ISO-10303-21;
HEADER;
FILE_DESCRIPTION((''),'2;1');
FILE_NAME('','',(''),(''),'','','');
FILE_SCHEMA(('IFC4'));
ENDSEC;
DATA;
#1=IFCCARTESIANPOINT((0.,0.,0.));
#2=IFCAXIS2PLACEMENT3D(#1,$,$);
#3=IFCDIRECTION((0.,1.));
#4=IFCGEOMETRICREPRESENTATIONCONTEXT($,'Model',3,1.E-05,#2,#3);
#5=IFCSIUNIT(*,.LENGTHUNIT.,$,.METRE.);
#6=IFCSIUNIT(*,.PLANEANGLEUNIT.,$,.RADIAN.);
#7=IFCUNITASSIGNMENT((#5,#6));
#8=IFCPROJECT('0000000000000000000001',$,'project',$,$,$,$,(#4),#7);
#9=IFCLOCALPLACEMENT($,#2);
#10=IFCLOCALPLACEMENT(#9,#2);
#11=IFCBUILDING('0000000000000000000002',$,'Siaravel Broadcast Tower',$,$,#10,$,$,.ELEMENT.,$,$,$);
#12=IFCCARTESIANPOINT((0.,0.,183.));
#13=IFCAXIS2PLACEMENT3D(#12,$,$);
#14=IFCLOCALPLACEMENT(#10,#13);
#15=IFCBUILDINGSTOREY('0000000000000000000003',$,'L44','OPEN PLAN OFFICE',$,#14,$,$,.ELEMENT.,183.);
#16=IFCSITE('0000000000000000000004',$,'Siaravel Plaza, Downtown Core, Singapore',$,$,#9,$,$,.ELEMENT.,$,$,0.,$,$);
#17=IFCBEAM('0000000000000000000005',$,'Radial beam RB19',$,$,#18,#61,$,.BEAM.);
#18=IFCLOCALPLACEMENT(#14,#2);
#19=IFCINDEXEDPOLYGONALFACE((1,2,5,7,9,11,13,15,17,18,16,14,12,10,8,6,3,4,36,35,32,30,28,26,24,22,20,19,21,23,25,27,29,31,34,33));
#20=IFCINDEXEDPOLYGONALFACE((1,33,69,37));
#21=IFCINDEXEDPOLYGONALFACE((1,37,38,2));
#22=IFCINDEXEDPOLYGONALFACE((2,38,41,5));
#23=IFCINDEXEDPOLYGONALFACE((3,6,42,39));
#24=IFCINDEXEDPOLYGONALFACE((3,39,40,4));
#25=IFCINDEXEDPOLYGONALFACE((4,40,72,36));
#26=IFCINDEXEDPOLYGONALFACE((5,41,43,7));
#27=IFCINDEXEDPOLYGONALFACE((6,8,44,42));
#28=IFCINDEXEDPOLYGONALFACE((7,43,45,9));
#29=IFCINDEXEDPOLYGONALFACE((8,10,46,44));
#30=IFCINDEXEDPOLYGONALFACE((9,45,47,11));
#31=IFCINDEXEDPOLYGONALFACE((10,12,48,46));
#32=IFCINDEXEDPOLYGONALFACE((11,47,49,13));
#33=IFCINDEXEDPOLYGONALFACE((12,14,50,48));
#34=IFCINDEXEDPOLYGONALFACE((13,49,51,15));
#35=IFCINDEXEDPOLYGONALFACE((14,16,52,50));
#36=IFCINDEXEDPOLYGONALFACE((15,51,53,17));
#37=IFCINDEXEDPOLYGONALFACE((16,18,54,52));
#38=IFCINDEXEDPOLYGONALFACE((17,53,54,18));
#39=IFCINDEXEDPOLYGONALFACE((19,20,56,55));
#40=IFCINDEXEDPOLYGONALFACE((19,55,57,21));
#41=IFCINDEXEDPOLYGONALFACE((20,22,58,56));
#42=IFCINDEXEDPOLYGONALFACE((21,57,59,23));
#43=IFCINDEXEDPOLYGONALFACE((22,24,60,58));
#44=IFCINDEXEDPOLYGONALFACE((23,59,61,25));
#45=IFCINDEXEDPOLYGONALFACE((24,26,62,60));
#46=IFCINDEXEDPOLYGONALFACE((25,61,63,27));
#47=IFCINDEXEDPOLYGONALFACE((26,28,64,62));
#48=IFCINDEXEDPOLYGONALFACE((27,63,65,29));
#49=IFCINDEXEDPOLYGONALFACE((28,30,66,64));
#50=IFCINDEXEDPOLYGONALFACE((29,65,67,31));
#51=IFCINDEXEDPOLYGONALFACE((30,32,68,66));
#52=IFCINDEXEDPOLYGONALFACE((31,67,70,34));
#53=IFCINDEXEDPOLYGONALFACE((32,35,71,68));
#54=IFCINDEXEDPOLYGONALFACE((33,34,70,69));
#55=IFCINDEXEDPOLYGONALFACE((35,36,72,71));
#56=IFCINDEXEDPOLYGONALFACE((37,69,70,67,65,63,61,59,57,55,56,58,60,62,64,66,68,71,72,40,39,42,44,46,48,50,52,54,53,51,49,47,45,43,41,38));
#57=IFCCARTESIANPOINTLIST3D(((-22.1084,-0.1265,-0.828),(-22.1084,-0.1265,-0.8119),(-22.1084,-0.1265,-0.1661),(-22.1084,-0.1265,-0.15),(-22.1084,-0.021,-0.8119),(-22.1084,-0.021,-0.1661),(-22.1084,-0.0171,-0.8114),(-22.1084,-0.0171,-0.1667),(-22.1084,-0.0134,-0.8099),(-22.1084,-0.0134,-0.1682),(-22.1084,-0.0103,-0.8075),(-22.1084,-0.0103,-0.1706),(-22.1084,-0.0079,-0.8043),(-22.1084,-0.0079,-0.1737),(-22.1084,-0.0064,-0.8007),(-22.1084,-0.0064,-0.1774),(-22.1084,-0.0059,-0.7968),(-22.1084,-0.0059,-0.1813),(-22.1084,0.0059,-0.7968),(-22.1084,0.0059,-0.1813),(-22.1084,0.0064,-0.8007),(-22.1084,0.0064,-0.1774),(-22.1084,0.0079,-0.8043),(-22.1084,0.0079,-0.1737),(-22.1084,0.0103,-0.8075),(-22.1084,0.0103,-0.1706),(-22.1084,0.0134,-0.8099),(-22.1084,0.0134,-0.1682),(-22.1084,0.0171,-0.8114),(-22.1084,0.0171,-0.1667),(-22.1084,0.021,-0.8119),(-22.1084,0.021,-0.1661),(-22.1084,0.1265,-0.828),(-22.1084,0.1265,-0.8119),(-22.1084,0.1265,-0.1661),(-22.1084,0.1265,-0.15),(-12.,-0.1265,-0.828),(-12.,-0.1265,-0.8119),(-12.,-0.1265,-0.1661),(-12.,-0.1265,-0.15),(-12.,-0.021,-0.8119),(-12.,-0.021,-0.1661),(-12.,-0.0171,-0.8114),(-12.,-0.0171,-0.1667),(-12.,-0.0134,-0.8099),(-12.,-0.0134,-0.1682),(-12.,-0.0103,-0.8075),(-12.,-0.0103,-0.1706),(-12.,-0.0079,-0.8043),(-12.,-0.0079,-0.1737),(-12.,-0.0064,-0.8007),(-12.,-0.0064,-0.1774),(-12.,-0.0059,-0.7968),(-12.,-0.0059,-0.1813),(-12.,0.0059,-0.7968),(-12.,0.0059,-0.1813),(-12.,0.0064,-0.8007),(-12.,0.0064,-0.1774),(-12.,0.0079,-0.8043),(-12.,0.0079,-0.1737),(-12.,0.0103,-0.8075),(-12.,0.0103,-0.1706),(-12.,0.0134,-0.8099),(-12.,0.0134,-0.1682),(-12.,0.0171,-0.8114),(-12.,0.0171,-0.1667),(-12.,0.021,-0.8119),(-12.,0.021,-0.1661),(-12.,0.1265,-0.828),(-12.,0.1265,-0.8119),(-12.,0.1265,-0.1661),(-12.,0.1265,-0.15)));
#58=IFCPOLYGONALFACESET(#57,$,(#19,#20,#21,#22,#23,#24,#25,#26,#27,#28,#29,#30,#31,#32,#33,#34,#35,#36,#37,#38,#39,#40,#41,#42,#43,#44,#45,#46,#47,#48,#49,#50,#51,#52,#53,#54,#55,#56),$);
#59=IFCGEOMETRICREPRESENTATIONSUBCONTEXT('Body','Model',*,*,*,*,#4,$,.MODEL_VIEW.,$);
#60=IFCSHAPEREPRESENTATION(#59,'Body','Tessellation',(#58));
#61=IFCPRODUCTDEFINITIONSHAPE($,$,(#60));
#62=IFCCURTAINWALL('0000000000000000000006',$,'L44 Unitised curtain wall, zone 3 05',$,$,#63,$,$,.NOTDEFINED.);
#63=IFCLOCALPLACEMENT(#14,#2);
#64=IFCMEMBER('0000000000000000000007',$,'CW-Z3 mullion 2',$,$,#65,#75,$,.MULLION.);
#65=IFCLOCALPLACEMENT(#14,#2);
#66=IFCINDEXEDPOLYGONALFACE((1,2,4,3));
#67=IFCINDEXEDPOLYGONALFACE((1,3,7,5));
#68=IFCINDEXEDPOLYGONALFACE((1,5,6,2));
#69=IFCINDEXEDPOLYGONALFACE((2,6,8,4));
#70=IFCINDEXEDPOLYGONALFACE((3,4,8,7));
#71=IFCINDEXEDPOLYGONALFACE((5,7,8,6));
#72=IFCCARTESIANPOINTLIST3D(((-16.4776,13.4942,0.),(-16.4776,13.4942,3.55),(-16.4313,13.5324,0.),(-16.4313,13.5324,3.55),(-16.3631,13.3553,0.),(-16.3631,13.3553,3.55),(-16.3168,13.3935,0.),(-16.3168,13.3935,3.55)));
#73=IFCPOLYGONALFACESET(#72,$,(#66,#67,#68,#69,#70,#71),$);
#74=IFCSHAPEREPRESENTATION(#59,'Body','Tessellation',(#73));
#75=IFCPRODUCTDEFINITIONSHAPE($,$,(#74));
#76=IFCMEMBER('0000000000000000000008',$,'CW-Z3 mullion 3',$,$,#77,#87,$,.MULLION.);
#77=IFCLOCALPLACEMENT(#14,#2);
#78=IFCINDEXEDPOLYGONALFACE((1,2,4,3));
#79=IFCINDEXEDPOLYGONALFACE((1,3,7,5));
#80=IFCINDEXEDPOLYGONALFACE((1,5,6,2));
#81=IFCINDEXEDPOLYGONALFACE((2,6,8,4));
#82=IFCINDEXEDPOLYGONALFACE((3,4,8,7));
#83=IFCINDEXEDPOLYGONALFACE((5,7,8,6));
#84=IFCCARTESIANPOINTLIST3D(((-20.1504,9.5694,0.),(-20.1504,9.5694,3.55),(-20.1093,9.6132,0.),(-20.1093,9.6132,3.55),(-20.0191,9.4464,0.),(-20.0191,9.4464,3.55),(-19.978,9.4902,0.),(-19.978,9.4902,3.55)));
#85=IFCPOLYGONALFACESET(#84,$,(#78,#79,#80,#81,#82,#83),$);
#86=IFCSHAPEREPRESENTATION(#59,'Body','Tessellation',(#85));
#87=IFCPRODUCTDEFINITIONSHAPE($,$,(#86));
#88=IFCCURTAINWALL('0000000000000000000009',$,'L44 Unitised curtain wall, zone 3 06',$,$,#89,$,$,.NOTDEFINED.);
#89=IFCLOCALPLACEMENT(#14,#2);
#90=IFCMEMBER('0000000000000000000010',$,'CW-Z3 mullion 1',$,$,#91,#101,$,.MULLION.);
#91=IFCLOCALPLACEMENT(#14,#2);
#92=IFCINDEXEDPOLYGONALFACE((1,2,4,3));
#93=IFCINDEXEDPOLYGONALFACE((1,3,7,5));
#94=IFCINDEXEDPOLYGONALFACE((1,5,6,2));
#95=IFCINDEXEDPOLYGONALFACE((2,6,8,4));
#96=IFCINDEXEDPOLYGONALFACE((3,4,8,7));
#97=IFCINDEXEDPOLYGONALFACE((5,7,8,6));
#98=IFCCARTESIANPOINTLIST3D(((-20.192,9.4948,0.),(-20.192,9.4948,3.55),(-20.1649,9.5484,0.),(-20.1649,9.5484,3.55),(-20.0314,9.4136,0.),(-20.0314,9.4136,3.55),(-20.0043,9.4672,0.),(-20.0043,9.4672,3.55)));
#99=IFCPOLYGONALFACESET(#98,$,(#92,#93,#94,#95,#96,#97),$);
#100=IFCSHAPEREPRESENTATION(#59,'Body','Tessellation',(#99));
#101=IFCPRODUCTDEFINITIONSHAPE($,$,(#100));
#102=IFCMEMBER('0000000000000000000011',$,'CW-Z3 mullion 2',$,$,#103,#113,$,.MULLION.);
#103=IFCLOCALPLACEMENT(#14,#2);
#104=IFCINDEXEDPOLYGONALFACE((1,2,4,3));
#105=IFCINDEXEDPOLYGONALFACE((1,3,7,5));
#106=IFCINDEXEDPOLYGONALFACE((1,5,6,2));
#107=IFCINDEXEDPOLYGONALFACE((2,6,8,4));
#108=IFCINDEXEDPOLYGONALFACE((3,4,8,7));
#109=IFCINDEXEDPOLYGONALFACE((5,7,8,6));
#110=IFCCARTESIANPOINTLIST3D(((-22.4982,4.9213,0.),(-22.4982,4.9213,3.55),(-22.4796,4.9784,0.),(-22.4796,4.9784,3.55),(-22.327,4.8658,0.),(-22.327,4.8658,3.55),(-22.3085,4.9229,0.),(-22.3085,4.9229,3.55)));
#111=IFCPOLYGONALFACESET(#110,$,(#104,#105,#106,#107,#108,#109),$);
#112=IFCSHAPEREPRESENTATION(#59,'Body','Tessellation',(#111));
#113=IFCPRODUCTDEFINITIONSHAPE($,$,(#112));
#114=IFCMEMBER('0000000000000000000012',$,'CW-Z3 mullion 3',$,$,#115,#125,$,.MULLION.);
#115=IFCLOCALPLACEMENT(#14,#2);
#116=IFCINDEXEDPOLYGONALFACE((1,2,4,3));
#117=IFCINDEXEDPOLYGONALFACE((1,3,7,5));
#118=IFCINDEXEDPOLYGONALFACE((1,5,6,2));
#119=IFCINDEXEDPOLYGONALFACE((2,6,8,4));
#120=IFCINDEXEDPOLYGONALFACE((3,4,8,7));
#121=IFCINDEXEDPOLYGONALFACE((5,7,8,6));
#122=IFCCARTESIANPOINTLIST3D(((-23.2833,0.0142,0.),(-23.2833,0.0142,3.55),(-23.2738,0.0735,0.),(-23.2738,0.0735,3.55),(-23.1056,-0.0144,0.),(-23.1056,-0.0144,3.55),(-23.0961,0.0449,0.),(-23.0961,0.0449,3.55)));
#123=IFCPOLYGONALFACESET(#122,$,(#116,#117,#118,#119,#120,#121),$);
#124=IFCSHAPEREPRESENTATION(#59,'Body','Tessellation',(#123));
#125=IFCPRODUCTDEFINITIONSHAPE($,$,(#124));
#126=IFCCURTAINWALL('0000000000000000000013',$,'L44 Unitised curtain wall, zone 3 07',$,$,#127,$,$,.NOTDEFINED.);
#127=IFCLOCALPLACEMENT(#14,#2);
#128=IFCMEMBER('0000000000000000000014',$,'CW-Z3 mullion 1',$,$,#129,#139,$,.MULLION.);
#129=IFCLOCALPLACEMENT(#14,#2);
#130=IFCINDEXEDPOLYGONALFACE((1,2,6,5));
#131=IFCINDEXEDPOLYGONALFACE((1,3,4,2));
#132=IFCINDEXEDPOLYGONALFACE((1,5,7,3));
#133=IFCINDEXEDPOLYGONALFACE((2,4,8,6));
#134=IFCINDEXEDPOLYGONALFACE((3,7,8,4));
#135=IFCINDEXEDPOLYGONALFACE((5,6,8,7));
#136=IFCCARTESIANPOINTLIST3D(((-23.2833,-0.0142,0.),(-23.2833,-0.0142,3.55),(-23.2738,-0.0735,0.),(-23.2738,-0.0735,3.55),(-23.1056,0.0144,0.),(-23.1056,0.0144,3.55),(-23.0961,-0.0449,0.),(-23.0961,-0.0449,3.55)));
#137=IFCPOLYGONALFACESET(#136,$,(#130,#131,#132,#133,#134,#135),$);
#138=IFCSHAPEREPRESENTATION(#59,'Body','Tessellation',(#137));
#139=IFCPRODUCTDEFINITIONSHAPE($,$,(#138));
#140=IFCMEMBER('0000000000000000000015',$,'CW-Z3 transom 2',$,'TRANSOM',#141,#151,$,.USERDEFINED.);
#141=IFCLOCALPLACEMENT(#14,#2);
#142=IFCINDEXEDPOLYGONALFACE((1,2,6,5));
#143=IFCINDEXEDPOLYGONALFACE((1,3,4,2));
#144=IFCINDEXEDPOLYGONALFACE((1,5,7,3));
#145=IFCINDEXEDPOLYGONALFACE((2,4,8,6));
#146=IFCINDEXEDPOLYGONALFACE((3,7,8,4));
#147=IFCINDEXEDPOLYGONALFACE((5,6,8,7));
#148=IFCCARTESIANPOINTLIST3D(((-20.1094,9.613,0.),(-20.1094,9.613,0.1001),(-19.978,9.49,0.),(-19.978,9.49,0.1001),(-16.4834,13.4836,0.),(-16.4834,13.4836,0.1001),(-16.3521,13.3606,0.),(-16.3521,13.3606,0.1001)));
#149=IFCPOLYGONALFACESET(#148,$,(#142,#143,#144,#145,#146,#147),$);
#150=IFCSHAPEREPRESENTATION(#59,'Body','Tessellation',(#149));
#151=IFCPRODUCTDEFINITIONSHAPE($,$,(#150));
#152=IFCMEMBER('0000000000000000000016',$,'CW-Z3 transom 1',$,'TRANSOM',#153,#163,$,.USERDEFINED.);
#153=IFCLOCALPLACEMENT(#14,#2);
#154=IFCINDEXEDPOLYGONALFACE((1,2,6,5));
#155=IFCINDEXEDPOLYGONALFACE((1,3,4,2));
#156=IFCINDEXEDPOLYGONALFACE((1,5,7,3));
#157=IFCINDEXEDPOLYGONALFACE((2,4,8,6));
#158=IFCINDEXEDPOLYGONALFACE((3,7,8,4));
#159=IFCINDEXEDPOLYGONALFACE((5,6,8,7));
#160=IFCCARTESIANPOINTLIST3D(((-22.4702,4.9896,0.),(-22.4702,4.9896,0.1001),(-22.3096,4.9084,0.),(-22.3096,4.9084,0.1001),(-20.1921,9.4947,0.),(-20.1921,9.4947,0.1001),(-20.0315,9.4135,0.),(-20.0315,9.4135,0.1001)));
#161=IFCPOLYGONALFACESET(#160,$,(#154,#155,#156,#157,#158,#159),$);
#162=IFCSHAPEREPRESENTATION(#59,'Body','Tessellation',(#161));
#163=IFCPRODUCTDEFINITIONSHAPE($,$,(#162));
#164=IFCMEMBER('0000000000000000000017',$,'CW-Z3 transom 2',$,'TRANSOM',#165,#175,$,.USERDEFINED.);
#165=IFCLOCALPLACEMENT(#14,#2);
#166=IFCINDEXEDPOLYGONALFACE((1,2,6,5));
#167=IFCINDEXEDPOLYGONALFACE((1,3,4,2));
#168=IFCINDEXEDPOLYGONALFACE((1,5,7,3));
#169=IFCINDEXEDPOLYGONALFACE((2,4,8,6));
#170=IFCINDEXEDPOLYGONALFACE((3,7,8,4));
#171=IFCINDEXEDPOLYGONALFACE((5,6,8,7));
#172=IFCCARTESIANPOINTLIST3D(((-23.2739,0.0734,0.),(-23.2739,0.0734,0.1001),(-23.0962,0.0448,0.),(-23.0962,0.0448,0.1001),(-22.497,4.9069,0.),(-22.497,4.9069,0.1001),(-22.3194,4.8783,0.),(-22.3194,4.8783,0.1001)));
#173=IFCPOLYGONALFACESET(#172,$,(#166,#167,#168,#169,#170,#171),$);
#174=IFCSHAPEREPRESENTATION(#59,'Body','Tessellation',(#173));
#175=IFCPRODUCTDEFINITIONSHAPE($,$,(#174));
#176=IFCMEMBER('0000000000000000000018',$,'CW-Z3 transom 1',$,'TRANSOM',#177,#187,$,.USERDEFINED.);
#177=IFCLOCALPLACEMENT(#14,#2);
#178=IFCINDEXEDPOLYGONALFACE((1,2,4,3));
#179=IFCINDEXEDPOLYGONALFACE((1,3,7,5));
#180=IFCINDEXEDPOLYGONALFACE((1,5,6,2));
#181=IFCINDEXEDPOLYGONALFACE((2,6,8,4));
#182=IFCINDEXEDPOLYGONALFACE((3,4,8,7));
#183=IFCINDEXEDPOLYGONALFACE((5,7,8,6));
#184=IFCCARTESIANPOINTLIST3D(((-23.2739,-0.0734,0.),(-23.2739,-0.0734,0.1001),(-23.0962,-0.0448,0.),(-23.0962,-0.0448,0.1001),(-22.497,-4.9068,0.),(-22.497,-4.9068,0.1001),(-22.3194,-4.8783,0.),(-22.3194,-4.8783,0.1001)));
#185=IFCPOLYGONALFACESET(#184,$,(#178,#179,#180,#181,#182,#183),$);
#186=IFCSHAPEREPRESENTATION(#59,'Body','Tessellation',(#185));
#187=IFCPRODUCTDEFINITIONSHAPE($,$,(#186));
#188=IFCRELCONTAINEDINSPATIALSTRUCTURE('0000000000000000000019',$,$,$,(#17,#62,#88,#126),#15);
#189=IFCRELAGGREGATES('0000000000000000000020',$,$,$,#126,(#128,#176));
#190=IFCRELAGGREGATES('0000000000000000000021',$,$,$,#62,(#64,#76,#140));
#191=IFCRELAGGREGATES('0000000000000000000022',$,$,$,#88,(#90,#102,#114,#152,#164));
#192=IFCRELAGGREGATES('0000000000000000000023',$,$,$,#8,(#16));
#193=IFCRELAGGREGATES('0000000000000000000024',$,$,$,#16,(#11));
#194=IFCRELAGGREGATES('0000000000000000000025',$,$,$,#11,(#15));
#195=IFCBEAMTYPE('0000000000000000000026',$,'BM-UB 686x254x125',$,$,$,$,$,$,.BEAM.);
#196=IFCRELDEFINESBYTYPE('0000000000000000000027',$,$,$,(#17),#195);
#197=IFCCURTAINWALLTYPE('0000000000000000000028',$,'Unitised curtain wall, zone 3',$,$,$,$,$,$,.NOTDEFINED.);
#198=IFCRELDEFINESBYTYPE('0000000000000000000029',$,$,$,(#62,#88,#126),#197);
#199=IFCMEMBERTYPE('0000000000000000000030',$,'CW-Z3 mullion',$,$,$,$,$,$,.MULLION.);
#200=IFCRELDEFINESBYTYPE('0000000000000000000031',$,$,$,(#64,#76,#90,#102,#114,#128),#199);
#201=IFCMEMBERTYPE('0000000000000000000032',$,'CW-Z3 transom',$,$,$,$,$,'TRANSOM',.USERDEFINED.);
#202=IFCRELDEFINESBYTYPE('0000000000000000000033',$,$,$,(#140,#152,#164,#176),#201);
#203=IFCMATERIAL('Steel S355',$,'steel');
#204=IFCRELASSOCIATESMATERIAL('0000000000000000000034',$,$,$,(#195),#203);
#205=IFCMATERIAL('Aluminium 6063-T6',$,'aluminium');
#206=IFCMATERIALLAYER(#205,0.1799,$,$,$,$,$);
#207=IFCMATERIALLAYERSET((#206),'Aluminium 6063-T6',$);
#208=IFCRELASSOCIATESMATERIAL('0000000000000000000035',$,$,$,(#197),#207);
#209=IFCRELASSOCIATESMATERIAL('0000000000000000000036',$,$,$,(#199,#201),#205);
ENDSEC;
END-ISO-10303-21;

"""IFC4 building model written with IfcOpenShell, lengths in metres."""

from ifc_helpers import new_model, si_unit, direction, frame, origin, origin_2d, place, context, subcontext, project, spatial, rectangle, i_section, extrude, material, layer, layer_set, material_profile, profile_set, type_object, element, aggregate, save


model = new_model("IFC4")

# Units and contexts
model_context = context("Model", 3, precision=1e-05, world=origin(), true_north=direction((0.0, 1.0)))
body_context = subcontext(model_context, "Body", "Model", "MODEL_VIEW")
ifc_project = project(units=[si_unit("LENGTHUNIT", "METRE"), si_unit("PLANEANGLEUNIT", "RADIAN")], contexts=[model_context])

# Site, building, storey
site_placement = place(None, origin())
site = spatial("IfcSite", under=ifc_project, at=site_placement, Name="Siaravel Plaza, Downtown Core, Singapore", CompositionType="ELEMENT", RefElevation=0.0)
building_placement = place(site_placement, origin())
building = spatial("IfcBuilding", under=site, at=building_placement, Name="Siaravel Broadcast Tower", CompositionType="ELEMENT")
storey_placement = place(building_placement, frame((0.0, 0.0, 183.0)))
storey = spatial("IfcBuildingStorey", under=building, at=storey_placement, Name="L44", Description="OPEN PLAN OFFICE", CompositionType="ELEMENT", Elevation=183.0)

# Beam
ifc_material_1 = material(Name="Steel S355", Category="steel")
ifc_material_profile_1 = material_profile(ifc_material_1, i_section(OverallWidth=0.2529, OverallDepth=0.678, WebThickness=0.0117, FlangeThickness=0.0161, FilletRadius=0.0151, at=origin_2d()))
ifc_profile_set_1 = profile_set([ifc_material_profile_1], Name="Steel S355")
beam_type = type_object("IfcBeamType", Name="BM-UB 686x254x125", PredefinedType="BEAM", material=ifc_profile_set_1)
beam_1_placement = place(storey_placement, frame((-22.1084, 0.0, -0.489), z_axis=(1.0, 0.0, 0.0), x_axis=(0.0, 1.0, 0.0)))
element("IfcBeam", 1, at=beam_1_placement, inside=storey, type_object=beam_type, Name="Radial beam RB19", PredefinedType="BEAM", context=body_context, shape_type="SweptSolid", body=[
    extrude(i_section(OverallWidth=0.2529, OverallDepth=0.678, WebThickness=0.0117, FlangeThickness=0.0161, FilletRadius=0.0151, at=origin_2d()), origin(), (0.0, 0.0, 1.0), 10.1084),
])

# Curtain walls, members
ifc_material_2 = material(Name="Aluminium 6063-T6", Category="aluminium")
ifc_layer_1 = layer(ifc_material_2, 0.1799)
ifc_layer_set_1 = layer_set([ifc_layer_1], Name="Aluminium 6063-T6")
curtain_wall_type = type_object("IfcCurtainWallType", Name="Unitised curtain wall, zone 3", PredefinedType="NOTDEFINED", material=ifc_layer_set_1)
curtain_wall_1_placement = place(storey_placement, origin())
curtain_wall_1 = element("IfcCurtainWall", 2, at=curtain_wall_1_placement, inside=storey, type_object=curtain_wall_type, Name="L44 Unitised curtain wall, zone 3 05", PredefinedType="NOTDEFINED")
ifc_material_profile_2 = material_profile(ifc_material_2, rectangle(XDim=0.1799, YDim=0.0601, at=origin_2d()))
ifc_profile_set_2 = profile_set([ifc_material_profile_2], Name="Aluminium 6063-T6")
member_type_1 = type_object("IfcMemberType", Name="CW-Z3 mullion", PredefinedType="MULLION", material=ifc_profile_set_2)
member_1_placement = place(storey_placement, frame((-16.3972, 13.4438, 0.0), z_axis=(0.0, 0.0, 1.0), x_axis=(0.636218, -0.771509, 0.0)))
member_1 = element("IfcMember", 3, at=member_1_placement, type_object=member_type_1, Name="CW-Z3 mullion 2", PredefinedType="MULLION", context=body_context, shape_type="SweptSolid", body=[
    extrude(rectangle(XDim=0.1799, YDim=0.0601, at=origin_2d()), origin(), (0.0, 0.0, 1.0), 3.55),
])
member_2_placement = place(storey_placement, frame((-20.0642, 9.5298, 0.0), z_axis=(0.0, 0.0, 1.0), x_axis=(0.729805, -0.683655, 0.0)))
member_2 = element("IfcMember", 4, at=member_2_placement, type_object=member_type_1, Name="CW-Z3 mullion 3", PredefinedType="MULLION", context=body_context, shape_type="SweptSolid", body=[
    extrude(rectangle(XDim=0.1799, YDim=0.0601, at=origin_2d()), origin(), (0.0, 0.0, 1.0), 3.55),
])
curtain_wall_2_placement = place(storey_placement, origin())
curtain_wall_2 = element("IfcCurtainWall", 5, at=curtain_wall_2_placement, inside=storey, type_object=curtain_wall_type, Name="L44 Unitised curtain wall, zone 3 06", PredefinedType="NOTDEFINED")
member_3_placement = place(storey_placement, frame((-20.0981, 9.481, 0.0), z_axis=(0.0, 0.0, 1.0), x_axis=(0.892392, -0.451261, 0.0)))
member_3 = element("IfcMember", 6, at=member_3_placement, type_object=member_type_1, Name="CW-Z3 mullion 1", PredefinedType="MULLION", context=body_context, shape_type="SweptSolid", body=[
    extrude(rectangle(XDim=0.1799, YDim=0.0601, at=origin_2d()), origin(), (0.0, 0.0, 1.0), 3.55),
])
member_4_placement = place(storey_placement, frame((-22.4033, 4.9221, 0.0), z_axis=(0.0, 0.0, 1.0), x_axis=(0.951177, -0.308645, 0.0)))
member_4 = element("IfcMember", 7, at=member_4_placement, type_object=member_type_1, Name="CW-Z3 mullion 2", PredefinedType="MULLION", context=body_context, shape_type="SweptSolid", body=[
    extrude(rectangle(XDim=0.1799, YDim=0.0601, at=origin_2d()), origin(), (0.0, 0.0, 1.0), 3.55),
])
member_5_placement = place(storey_placement, frame((-23.1897, 0.0295, 0.0), z_axis=(0.0, 0.0, 1.0), x_axis=(0.987329, -0.158686, 0.0)))
member_5 = element("IfcMember", 8, at=member_5_placement, type_object=member_type_1, Name="CW-Z3 mullion 3", PredefinedType="MULLION", context=body_context, shape_type="SweptSolid", body=[
    extrude(rectangle(XDim=0.1799, YDim=0.0601, at=origin_2d()), origin(), (0.0, 0.0, 1.0), 3.55),
])

# Curtain wall, member
curtain_wall_3_placement = place(storey_placement, origin())
curtain_wall_3 = element("IfcCurtainWall", 9, at=curtain_wall_3_placement, inside=storey, type_object=curtain_wall_type, Name="L44 Unitised curtain wall, zone 3 07", PredefinedType="NOTDEFINED")
member_6_placement = place(storey_placement, frame((-23.1897, -0.0295, 0.0), z_axis=(0.0, 0.0, 1.0), x_axis=(0.987329, 0.158686, 0.0)))
member_6 = element("IfcMember", 10, at=member_6_placement, type_object=member_type_1, Name="CW-Z3 mullion 1", PredefinedType="MULLION", context=body_context, shape_type="SweptSolid", body=[
    extrude(rectangle(XDim=0.1799, YDim=0.0601, at=origin_2d()), origin(), (0.0, 0.0, 1.0), 3.55),
])

# Members
ifc_material_profile_3 = material_profile(ifc_material_2, rectangle(XDim=0.1799, YDim=0.1001, at=origin_2d()))
ifc_profile_set_3 = profile_set([ifc_material_profile_3], Name="Aluminium 6063-T6")
member_type_2 = type_object("IfcMemberType", Name="CW-Z3 transom", ElementType="TRANSOM", PredefinedType="USERDEFINED", material=ifc_profile_set_3)
member_7_placement = place(storey_placement, frame((-16.4177, 13.4221, 0.05), z_axis=(-0.683669, -0.729793, 0.0), x_axis=(0.729793, -0.683669, 0.0)))
member_7 = element("IfcMember", 11, at=member_7_placement, type_object=member_type_2, Name="CW-Z3 transom 2", ObjectType="TRANSOM", PredefinedType="USERDEFINED", context=body_context, shape_type="SweptSolid", body=[
    extrude(rectangle(XDim=0.1799, YDim=0.1001, at=origin_2d()), origin(), (0.0, 0.0, 1.0), 5.3037),
])
member_8_placement = place(storey_placement, frame((-20.1118, 9.4541, 0.05), z_axis=(-0.451252, -0.892397, 0.0), x_axis=(0.892397, -0.451252, 0.0)))
member_8 = element("IfcMember", 12, at=member_8_placement, type_object=member_type_2, Name="CW-Z3 transom 1", ObjectType="TRANSOM", PredefinedType="USERDEFINED", context=body_context, shape_type="SweptSolid", body=[
    extrude(rectangle(XDim=0.1799, YDim=0.1001, at=origin_2d()), origin(), (0.0, 0.0, 1.0), 5.0483),
])
member_9_placement = place(storey_placement, frame((-22.4082, 4.8926, 0.05), z_axis=(-0.158687, -0.987329, 0.0), x_axis=(0.987329, -0.158687, 0.0)))
member_9 = element("IfcMember", 13, at=member_9_placement, type_object=member_type_2, Name="CW-Z3 transom 2", ObjectType="TRANSOM", PredefinedType="USERDEFINED", context=body_context, shape_type="SweptSolid", body=[
    extrude(rectangle(XDim=0.1799, YDim=0.1001, at=origin_2d()), origin(), (0.0, 0.0, 1.0), 4.8955),
])
member_10_placement = place(storey_placement, frame((-23.1851, -0.0591, 0.05), z_axis=(0.158687, -0.987329, 0.0), x_axis=(0.987329, 0.158687, 0.0)))
member_10 = element("IfcMember", 14, at=member_10_placement, type_object=member_type_2, Name="CW-Z3 transom 1", ObjectType="TRANSOM", PredefinedType="USERDEFINED", context=body_context, shape_type="SweptSolid", body=[
    extrude(rectangle(XDim=0.1799, YDim=0.1001, at=origin_2d()), origin(), (0.0, 0.0, 1.0), 4.8955),
])
aggregate(curtain_wall_3, [member_6, member_10])

aggregate(curtain_wall_1, [member_1, member_2, member_7])
aggregate(curtain_wall_2, [member_3, member_4, member_5, member_8, member_9])

save(model, "model.ifc")
